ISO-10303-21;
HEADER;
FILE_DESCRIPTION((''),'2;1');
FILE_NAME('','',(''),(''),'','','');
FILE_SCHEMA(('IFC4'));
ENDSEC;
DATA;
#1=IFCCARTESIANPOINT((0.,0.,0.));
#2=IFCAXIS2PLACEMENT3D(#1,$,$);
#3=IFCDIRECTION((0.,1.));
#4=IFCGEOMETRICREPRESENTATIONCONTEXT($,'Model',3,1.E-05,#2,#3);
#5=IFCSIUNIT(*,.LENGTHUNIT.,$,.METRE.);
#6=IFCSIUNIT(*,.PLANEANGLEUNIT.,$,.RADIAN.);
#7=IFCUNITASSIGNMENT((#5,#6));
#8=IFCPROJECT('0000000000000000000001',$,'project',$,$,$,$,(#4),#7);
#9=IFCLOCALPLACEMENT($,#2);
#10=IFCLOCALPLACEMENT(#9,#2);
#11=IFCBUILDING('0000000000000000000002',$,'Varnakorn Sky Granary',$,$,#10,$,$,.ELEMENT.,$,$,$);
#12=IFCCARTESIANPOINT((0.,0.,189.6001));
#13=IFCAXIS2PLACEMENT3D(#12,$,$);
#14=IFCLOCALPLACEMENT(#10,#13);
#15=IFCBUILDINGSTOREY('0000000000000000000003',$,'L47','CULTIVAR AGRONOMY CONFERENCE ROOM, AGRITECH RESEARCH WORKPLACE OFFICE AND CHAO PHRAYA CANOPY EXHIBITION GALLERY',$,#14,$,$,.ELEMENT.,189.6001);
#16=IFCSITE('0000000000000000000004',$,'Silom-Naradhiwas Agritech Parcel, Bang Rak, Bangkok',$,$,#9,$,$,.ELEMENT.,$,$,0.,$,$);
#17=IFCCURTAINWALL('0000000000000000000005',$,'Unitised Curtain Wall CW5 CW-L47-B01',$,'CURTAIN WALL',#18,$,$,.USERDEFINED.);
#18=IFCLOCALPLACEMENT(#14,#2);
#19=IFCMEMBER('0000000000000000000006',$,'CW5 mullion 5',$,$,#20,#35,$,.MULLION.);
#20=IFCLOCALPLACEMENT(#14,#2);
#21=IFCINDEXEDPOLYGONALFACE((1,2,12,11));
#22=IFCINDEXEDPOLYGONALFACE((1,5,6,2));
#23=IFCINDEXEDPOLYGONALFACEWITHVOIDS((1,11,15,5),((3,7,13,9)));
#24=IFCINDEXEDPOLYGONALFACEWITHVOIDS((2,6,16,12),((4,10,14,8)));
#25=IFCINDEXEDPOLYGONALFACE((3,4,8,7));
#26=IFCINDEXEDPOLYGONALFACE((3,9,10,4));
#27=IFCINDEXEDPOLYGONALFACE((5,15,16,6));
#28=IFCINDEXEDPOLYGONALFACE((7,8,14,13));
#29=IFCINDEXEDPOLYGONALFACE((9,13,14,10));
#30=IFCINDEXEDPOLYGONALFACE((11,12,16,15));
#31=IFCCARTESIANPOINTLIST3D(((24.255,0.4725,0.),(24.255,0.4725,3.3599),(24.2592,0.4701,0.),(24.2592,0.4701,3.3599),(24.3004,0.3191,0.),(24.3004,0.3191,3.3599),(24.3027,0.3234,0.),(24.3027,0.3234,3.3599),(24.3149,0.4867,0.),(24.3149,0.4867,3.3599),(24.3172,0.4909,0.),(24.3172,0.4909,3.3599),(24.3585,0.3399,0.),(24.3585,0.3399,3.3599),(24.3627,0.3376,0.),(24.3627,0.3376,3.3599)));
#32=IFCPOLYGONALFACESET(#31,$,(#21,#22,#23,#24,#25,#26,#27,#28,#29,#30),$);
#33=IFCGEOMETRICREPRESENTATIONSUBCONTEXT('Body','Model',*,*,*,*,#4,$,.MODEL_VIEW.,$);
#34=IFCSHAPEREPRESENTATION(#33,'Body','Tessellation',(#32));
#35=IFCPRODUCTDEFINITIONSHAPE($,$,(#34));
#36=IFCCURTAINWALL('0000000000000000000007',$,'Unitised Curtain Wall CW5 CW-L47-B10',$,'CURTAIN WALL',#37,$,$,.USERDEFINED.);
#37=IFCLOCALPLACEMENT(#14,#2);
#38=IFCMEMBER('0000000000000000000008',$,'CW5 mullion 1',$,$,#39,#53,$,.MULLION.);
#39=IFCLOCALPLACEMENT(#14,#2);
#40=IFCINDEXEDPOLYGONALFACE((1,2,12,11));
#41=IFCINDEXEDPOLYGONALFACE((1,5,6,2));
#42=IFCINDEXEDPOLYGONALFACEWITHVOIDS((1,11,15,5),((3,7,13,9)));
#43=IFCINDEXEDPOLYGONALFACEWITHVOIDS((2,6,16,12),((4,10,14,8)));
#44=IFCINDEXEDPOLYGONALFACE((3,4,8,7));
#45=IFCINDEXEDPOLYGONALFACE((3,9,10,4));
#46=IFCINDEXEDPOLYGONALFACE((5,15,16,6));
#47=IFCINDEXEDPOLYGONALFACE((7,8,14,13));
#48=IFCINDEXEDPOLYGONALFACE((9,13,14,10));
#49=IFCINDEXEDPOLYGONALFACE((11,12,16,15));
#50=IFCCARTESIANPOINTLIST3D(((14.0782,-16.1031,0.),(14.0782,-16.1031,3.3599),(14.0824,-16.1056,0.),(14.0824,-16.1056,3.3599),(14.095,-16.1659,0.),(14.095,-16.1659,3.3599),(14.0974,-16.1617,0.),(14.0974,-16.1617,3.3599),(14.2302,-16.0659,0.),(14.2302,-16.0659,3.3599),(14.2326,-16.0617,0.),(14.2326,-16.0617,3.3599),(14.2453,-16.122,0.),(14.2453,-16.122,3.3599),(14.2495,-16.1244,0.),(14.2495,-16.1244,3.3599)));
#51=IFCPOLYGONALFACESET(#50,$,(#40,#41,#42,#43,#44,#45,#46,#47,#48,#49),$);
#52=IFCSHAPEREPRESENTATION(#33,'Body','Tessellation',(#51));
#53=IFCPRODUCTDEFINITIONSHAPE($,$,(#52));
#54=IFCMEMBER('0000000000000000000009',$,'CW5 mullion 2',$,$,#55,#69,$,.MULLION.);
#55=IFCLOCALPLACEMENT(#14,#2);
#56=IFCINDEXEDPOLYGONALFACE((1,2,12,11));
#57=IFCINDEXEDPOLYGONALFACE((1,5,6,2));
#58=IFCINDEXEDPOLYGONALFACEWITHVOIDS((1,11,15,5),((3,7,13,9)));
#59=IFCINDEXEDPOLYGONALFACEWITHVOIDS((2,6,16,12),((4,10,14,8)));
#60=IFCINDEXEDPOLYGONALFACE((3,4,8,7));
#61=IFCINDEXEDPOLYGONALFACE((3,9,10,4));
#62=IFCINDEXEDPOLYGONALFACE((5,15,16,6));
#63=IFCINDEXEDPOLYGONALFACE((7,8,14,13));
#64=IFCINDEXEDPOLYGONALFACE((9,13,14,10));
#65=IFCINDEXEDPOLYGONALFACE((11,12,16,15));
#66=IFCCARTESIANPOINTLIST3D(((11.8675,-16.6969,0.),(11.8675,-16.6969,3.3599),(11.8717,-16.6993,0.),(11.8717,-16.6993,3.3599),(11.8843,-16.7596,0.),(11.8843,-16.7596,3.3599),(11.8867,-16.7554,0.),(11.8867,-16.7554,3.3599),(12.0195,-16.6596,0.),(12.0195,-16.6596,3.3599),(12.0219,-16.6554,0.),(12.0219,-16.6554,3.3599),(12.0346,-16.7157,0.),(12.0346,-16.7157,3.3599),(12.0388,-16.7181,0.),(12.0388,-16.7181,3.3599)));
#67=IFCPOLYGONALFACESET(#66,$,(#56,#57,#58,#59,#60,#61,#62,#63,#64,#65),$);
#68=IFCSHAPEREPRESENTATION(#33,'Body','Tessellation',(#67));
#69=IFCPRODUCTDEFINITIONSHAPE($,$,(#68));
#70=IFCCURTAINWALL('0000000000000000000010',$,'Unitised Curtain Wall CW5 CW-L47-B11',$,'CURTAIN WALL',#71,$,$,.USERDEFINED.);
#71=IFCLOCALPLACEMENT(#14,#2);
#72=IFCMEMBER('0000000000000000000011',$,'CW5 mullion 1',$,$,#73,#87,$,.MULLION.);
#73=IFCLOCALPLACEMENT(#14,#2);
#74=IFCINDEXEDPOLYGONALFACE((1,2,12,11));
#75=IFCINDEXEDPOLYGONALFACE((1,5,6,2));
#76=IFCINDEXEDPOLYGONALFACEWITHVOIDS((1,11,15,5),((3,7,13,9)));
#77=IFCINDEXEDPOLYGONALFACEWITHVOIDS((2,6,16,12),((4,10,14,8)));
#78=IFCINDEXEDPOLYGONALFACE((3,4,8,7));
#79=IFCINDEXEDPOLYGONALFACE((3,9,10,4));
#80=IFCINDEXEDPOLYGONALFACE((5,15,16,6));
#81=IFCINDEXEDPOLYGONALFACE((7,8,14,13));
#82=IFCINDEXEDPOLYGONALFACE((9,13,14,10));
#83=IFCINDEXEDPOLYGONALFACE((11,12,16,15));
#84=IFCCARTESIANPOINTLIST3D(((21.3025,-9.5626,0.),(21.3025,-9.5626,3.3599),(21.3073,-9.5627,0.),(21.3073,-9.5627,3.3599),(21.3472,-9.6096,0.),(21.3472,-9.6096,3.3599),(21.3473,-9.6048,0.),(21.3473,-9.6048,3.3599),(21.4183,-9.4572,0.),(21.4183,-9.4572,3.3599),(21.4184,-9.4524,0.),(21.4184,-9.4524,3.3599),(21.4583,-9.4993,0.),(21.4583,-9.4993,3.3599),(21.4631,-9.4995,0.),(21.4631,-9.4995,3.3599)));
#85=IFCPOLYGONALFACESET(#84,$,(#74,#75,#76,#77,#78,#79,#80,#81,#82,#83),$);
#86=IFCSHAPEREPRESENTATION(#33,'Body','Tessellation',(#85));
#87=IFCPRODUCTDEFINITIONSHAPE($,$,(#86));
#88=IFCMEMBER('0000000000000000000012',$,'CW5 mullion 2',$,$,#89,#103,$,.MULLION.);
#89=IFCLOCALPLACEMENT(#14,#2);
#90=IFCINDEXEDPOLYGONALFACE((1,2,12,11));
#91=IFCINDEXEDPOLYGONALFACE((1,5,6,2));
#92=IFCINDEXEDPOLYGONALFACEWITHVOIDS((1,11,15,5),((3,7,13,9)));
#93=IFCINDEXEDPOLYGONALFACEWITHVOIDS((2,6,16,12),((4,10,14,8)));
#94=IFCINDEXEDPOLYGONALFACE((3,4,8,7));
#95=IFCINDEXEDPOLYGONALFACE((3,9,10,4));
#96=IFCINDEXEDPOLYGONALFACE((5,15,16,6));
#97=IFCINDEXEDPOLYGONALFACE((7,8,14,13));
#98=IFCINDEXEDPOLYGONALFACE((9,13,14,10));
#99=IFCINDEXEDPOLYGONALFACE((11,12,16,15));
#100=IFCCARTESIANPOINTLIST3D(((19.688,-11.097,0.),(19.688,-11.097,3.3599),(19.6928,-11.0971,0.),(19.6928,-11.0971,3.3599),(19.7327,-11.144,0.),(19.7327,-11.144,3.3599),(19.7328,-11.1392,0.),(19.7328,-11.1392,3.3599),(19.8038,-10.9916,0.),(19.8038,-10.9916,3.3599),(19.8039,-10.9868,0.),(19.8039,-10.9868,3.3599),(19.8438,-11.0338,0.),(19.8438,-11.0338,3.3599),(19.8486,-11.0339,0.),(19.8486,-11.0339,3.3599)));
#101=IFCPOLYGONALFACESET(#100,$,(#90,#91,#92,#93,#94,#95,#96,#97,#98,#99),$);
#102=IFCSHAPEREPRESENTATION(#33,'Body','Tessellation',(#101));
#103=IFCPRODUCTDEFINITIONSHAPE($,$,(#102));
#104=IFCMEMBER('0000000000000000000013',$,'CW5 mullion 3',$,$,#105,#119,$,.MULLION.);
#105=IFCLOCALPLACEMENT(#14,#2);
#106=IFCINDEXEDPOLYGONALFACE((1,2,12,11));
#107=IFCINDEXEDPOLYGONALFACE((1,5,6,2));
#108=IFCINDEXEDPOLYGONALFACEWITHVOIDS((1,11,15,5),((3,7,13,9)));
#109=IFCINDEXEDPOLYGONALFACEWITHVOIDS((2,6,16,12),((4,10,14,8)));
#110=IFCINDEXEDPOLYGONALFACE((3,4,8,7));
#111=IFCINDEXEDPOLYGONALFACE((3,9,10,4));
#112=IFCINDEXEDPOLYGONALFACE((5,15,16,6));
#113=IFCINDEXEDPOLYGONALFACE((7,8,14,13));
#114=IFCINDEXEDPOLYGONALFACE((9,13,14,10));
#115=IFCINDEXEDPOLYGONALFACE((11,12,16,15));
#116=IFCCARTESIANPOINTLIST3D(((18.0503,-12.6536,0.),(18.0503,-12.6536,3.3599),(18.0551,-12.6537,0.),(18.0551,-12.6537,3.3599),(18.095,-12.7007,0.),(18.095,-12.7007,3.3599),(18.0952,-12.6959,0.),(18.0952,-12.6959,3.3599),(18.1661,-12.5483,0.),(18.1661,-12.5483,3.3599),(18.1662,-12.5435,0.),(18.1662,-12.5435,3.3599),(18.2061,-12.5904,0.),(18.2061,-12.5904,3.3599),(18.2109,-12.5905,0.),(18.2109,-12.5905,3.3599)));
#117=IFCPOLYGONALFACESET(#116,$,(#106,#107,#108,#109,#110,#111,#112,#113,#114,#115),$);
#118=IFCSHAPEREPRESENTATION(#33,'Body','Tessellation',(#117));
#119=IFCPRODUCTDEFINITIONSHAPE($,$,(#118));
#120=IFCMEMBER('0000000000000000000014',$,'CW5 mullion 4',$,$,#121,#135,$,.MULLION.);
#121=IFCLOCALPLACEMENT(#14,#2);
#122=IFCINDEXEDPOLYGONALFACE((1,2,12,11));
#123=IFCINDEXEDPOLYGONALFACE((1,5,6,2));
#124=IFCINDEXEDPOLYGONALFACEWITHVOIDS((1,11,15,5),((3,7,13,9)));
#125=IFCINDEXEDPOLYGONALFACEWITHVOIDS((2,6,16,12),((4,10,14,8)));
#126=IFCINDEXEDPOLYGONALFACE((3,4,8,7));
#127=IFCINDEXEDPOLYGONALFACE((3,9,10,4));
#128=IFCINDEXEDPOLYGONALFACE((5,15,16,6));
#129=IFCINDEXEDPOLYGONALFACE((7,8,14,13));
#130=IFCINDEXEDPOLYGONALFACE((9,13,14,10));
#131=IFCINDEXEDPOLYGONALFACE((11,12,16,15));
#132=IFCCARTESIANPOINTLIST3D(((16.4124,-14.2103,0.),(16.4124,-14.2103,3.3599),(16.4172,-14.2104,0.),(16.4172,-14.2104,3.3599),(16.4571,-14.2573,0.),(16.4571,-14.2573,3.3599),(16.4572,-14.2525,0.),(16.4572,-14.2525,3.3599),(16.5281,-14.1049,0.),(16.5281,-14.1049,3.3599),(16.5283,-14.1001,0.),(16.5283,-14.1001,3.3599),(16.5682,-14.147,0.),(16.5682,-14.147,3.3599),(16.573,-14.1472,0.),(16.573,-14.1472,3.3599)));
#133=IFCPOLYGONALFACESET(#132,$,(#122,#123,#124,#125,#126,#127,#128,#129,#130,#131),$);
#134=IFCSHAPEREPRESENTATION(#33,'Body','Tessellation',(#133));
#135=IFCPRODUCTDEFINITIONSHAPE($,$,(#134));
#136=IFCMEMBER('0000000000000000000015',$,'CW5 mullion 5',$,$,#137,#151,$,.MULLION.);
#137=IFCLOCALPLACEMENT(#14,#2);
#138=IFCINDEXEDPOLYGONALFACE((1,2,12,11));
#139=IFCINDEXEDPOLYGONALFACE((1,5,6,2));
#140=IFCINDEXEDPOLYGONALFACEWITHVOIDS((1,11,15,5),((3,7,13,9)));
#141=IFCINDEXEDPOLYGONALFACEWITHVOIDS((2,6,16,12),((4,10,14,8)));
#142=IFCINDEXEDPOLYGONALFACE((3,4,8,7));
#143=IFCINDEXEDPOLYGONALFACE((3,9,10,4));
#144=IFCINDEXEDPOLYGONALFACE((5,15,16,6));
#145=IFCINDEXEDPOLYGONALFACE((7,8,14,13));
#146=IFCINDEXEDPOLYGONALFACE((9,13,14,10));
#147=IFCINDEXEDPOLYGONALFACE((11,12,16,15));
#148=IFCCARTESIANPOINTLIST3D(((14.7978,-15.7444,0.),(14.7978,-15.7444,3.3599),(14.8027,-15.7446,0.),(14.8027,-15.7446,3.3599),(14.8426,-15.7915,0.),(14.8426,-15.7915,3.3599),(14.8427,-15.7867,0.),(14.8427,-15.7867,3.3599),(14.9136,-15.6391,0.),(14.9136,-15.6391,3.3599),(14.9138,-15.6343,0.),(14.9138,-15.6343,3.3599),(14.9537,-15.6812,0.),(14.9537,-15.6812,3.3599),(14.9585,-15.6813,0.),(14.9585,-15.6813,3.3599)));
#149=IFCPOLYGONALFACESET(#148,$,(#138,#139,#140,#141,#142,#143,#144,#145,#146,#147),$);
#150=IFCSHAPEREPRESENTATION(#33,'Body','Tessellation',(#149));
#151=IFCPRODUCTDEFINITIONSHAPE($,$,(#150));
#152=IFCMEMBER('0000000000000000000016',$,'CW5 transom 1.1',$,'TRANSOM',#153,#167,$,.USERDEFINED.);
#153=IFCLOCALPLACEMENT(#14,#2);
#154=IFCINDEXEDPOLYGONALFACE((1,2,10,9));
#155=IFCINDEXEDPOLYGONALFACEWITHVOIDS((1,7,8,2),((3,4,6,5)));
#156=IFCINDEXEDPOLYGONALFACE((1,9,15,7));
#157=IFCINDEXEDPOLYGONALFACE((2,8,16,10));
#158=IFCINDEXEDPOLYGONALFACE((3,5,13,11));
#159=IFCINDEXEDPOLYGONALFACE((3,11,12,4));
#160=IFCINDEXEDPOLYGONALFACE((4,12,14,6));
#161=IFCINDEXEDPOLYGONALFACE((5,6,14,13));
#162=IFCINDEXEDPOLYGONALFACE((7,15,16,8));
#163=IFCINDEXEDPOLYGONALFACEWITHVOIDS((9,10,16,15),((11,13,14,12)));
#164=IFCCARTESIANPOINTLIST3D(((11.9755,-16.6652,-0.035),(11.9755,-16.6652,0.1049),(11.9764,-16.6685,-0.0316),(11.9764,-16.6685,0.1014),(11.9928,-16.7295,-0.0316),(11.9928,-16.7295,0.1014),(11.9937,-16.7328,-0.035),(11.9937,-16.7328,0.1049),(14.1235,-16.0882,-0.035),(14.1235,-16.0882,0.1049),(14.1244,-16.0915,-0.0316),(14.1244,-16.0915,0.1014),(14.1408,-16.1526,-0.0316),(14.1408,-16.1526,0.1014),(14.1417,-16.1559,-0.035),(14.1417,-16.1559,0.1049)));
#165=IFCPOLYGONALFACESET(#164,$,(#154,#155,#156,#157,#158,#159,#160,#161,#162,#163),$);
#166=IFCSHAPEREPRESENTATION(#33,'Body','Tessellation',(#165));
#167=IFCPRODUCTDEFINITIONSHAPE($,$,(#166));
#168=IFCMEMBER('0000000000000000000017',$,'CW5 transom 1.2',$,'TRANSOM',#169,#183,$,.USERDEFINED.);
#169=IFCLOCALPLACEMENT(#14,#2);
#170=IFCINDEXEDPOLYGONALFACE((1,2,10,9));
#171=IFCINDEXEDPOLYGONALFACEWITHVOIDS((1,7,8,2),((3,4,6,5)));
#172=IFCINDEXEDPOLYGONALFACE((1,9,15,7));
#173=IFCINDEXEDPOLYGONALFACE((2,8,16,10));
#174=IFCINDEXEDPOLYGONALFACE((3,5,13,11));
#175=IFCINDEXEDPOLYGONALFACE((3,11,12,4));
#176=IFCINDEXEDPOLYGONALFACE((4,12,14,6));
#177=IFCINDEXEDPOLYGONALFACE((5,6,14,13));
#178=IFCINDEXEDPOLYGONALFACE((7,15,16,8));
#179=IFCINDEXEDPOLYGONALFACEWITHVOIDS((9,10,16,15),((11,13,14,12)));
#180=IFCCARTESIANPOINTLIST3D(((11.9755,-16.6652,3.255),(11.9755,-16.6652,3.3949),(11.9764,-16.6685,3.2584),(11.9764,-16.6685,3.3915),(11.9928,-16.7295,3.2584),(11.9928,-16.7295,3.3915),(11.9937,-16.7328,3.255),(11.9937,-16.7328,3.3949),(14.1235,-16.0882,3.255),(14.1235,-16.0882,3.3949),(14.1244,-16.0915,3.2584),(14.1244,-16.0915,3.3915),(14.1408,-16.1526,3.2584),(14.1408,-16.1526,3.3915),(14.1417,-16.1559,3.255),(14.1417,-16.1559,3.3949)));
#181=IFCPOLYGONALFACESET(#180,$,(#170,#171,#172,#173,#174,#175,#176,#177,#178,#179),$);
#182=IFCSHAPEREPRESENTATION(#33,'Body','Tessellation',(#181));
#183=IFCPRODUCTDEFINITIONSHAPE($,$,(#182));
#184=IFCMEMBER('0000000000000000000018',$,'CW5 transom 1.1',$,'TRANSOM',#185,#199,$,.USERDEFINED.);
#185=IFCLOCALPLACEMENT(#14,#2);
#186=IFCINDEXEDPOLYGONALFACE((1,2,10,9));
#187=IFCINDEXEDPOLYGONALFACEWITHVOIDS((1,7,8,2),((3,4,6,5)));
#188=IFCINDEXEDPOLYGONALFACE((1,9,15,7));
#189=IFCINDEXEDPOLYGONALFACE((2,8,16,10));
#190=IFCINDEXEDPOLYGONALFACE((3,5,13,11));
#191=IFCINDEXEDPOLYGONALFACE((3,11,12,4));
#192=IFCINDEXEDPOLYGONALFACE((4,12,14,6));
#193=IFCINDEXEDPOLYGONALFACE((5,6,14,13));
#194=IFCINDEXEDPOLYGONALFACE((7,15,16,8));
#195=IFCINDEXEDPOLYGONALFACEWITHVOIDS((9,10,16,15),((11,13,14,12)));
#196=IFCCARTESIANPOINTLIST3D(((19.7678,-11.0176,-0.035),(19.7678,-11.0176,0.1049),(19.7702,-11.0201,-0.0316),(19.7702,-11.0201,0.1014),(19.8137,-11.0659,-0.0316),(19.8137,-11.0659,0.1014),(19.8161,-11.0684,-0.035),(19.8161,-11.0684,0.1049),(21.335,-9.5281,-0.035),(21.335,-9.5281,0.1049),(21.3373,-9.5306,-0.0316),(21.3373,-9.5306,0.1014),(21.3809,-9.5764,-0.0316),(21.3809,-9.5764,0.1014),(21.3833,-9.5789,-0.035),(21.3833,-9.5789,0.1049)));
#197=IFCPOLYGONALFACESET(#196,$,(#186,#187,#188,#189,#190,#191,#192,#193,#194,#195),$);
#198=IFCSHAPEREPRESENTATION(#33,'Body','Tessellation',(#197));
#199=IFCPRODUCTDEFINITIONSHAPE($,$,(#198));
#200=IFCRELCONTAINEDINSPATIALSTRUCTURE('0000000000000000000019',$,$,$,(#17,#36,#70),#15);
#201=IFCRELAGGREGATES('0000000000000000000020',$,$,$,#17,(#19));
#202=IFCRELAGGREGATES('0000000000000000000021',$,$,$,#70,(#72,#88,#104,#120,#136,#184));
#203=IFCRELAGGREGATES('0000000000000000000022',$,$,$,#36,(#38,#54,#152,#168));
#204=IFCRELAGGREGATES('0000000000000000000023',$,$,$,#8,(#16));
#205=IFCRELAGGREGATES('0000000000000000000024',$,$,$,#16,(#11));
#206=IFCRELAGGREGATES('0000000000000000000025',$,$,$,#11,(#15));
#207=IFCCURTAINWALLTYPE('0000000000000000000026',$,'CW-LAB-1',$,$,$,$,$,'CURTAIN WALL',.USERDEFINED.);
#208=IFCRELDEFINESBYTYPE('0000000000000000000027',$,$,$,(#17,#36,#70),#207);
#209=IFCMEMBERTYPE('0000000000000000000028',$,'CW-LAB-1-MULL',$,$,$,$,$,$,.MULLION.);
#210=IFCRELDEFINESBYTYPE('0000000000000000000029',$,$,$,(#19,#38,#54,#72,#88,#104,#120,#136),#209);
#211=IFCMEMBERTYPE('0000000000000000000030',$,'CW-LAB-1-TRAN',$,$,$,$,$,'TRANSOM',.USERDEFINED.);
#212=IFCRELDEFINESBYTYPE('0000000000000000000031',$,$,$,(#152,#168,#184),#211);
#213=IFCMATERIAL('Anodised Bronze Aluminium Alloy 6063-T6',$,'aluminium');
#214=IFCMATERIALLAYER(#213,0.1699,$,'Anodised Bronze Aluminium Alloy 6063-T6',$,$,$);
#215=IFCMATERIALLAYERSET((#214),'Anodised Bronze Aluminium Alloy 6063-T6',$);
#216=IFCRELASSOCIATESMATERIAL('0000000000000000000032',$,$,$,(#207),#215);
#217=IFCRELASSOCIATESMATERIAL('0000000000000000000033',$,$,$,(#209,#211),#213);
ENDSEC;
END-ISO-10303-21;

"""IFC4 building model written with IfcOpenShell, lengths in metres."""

from ifc_helpers import new_model, si_unit, direction, frame, origin, origin_2d, place, context, subcontext, project, spatial, hollow_rectangle, extrude, material, layer, layer_set, material_profile, profile_set, type_object, element, aggregate, save


model = new_model("IFC4")

# Units and contexts
model_context = context("Model", 3, precision=1e-05, world=origin(), true_north=direction((0.0, 1.0)))
body_context = subcontext(model_context, "Body", "Model", "MODEL_VIEW")
ifc_project = project(units=[si_unit("LENGTHUNIT", "METRE"), si_unit("PLANEANGLEUNIT", "RADIAN")], contexts=[model_context])

# Site, building, storey
site_placement = place(None, origin())
site = spatial("IfcSite", under=ifc_project, at=site_placement, Name="Silom-Naradhiwas Agritech Parcel, Bang Rak, Bangkok", CompositionType="ELEMENT", RefElevation=0.0)
building_placement = place(site_placement, origin())
building = spatial("IfcBuilding", under=site, at=building_placement, Name="Varnakorn Sky Granary", CompositionType="ELEMENT")
storey_placement = place(building_placement, frame((0.0, 0.0, 189.6001)))
storey = spatial("IfcBuildingStorey", under=building, at=storey_placement, Name="L47", Description="CULTIVAR AGRONOMY CONFERENCE ROOM, AGRITECH RESEARCH WORKPLACE OFFICE AND CHAO PHRAYA CANOPY EXHIBITION GALLERY", CompositionType="ELEMENT", Elevation=189.6001)

# Curtain wall, member
ifc_material_1 = material(Name="Anodised Bronze Aluminium Alloy 6063-T6", Category="aluminium")
ifc_layer_1 = layer(ifc_material_1, 0.1699, Name="Anodised Bronze Aluminium Alloy 6063-T6")
ifc_layer_set_1 = layer_set([ifc_layer_1], Name="Anodised Bronze Aluminium Alloy 6063-T6")
curtain_wall_type = type_object("IfcCurtainWallType", Name="CW-LAB-1", ElementType="CURTAIN WALL", PredefinedType="USERDEFINED", material=ifc_layer_set_1)
curtain_wall_1_placement = place(storey_placement, origin())
curtain_wall_1 = element("IfcCurtainWall", 1, at=curtain_wall_1_placement, inside=storey, type_object=curtain_wall_type, Name="Unitised Curtain Wall CW5 CW-L47-B01", ObjectType="CURTAIN WALL", PredefinedType="USERDEFINED")
ifc_material_profile_1 = material_profile(ifc_material_1, hollow_rectangle(XDim=0.0649, YDim=0.1599, WallThickness=0.0034, at=origin_2d()), Name="ALU MULL 65x160")
ifc_profile_set_1 = profile_set([ifc_material_profile_1], Name="Anodised Bronze Aluminium Alloy 6063-T6")
member_type_1 = type_object("IfcMemberType", Name="CW-LAB-1-MULL", PredefinedType="MULLION", material=ifc_profile_set_1)
member_1_placement = place(storey_placement, frame((24.3088, 0.405, 0.0), z_axis=(0.0, 0.0, 1.0), x_axis=(0.958737, 0.284295, 0.0)))
member_1 = element("IfcMember", 2, at=member_1_placement, type_object=member_type_1, Name="CW5 mullion 5", PredefinedType="MULLION", context=body_context, shape_type="SweptSolid", body=[
    extrude(hollow_rectangle(XDim=0.0649, YDim=0.1599, WallThickness=0.0034, at=origin_2d()), origin(), (0.0, 0.0, 1.0), 3.3599),
])
aggregate(curtain_wall_1, [member_1])

# Curtain walls, members
curtain_wall_2_placement = place(storey_placement, origin())
curtain_wall_2 = element("IfcCurtainWall", 3, at=curtain_wall_2_placement, inside=storey, type_object=curtain_wall_type, Name="Unitised Curtain Wall CW5 CW-L47-B10", ObjectType="CURTAIN WALL", PredefinedType="USERDEFINED")
member_2_placement = place(storey_placement, frame((14.1638, -16.1138, 0.0), z_axis=(0.0, 0.0, 1.0), x_axis=(0.259359, -0.965781, 0.0)))
member_2 = element("IfcMember", 4, at=member_2_placement, type_object=member_type_1, Name="CW5 mullion 1", PredefinedType="MULLION", context=body_context, shape_type="SweptSolid", body=[
    extrude(hollow_rectangle(XDim=0.0649, YDim=0.1599, WallThickness=0.0034, at=origin_2d()), origin(), (0.0, 0.0, 1.0), 3.3599),
])
member_3_placement = place(storey_placement, frame((11.9531, -16.7075, 0.0), z_axis=(0.0, 0.0, 1.0), x_axis=(0.259359, -0.965781, 0.0)))
member_3 = element("IfcMember", 5, at=member_3_placement, type_object=member_type_1, Name="CW5 mullion 2", PredefinedType="MULLION", context=body_context, shape_type="SweptSolid", body=[
    extrude(hollow_rectangle(XDim=0.0649, YDim=0.1599, WallThickness=0.0034, at=origin_2d()), origin(), (0.0, 0.0, 1.0), 3.3599),
])
curtain_wall_3_placement = place(storey_placement, origin())
curtain_wall_3 = element("IfcCurtainWall", 6, at=curtain_wall_3_placement, inside=storey, type_object=curtain_wall_type, Name="Unitised Curtain Wall CW5 CW-L47-B11", ObjectType="CURTAIN WALL", PredefinedType="USERDEFINED")
member_4_placement = place(storey_placement, frame((21.3828, -9.531, 0.0), z_axis=(0.0, 0.0, 1.0), x_axis=(0.688905, -0.724851, 0.0)))
member_4 = element("IfcMember", 7, at=member_4_placement, type_object=member_type_1, Name="CW5 mullion 1", PredefinedType="MULLION", context=body_context, shape_type="SweptSolid", body=[
    extrude(hollow_rectangle(XDim=0.0649, YDim=0.1599, WallThickness=0.0034, at=origin_2d()), origin(), (0.0, 0.0, 1.0), 3.3599),
])
member_5_placement = place(storey_placement, frame((19.7683, -11.0654, 0.0), z_axis=(0.0, 0.0, 1.0), x_axis=(0.688905, -0.724851, 0.0)))
member_5 = element("IfcMember", 8, at=member_5_placement, type_object=member_type_1, Name="CW5 mullion 2", PredefinedType="MULLION", context=body_context, shape_type="SweptSolid", body=[
    extrude(hollow_rectangle(XDim=0.0649, YDim=0.1599, WallThickness=0.0034, at=origin_2d()), origin(), (0.0, 0.0, 1.0), 3.3599),
])
member_6_placement = place(storey_placement, frame((18.1306, -12.6221, 0.0), z_axis=(0.0, 0.0, 1.0), x_axis=(0.688905, -0.724851, 0.0)))
member_6 = element("IfcMember", 9, at=member_6_placement, type_object=member_type_1, Name="CW5 mullion 3", PredefinedType="MULLION", context=body_context, shape_type="SweptSolid", body=[
    extrude(hollow_rectangle(XDim=0.0649, YDim=0.1599, WallThickness=0.0034, at=origin_2d()), origin(), (0.0, 0.0, 1.0), 3.3599),
])
member_7_placement = place(storey_placement, frame((16.4927, -14.1787, 0.0), z_axis=(0.0, 0.0, 1.0), x_axis=(0.688905, -0.724851, 0.0)))
member_7 = element("IfcMember", 10, at=member_7_placement, type_object=member_type_1, Name="CW5 mullion 4", PredefinedType="MULLION", context=body_context, shape_type="SweptSolid", body=[
    extrude(hollow_rectangle(XDim=0.0649, YDim=0.1599, WallThickness=0.0034, at=origin_2d()), origin(), (0.0, 0.0, 1.0), 3.3599),
])
member_8_placement = place(storey_placement, frame((14.8782, -15.7129, 0.0), z_axis=(0.0, 0.0, 1.0), x_axis=(0.688905, -0.724851, 0.0)))
member_8 = element("IfcMember", 11, at=member_8_placement, type_object=member_type_1, Name="CW5 mullion 5", PredefinedType="MULLION", context=body_context, shape_type="SweptSolid", body=[
    extrude(hollow_rectangle(XDim=0.0649, YDim=0.1599, WallThickness=0.0034, at=origin_2d()), origin(), (0.0, 0.0, 1.0), 3.3599),
])

# Members
ifc_material_profile_2 = material_profile(ifc_material_1, hollow_rectangle(XDim=0.0701, YDim=0.1399, WallThickness=0.0034, at=origin_2d()), Name="ALU TRAN 70x140")
ifc_profile_set_2 = profile_set([ifc_material_profile_2], Name="Anodised Bronze Aluminium Alloy 6063-T6")
member_type_2 = type_object("IfcMemberType", Name="CW-LAB-1-TRAN", ElementType="TRANSOM", PredefinedType="USERDEFINED", material=ifc_profile_set_2)
member_9_placement = place(storey_placement, frame((14.1326, -16.1221, 0.0349), z_axis=(-0.965772, -0.259391, 0.0), x_axis=(0.259391, -0.965772, 0.0)))
member_9 = element("IfcMember", 12, at=member_9_placement, type_object=member_type_2, Name="CW5 transom 1.1", ObjectType="TRANSOM", PredefinedType="USERDEFINED", context=body_context, shape_type="SweptSolid", body=[
    extrude(hollow_rectangle(XDim=0.0701, YDim=0.1399, WallThickness=0.0034, at=origin_2d()), origin(), (0.0, 0.0, 1.0), 2.2241),
])
member_10_placement = place(storey_placement, frame((14.1326, -16.1221, 3.325), z_axis=(-0.965772, -0.259391, 0.0), x_axis=(0.259391, -0.965772, 0.0)))
member_10 = element("IfcMember", 13, at=member_10_placement, type_object=member_type_2, Name="CW5 transom 1.2", ObjectType="TRANSOM", PredefinedType="USERDEFINED", context=body_context, shape_type="SweptSolid", body=[
    extrude(hollow_rectangle(XDim=0.0701, YDim=0.1399, WallThickness=0.0034, at=origin_2d()), origin(), (0.0, 0.0, 1.0), 2.2241),
])
member_11_placement = place(storey_placement, frame((21.3591, -9.5535, 0.0349), z_axis=(-0.724833, -0.688925, 0.0), x_axis=(0.688925, -0.724833, 0.0)))
member_11 = element("IfcMember", 14, at=member_11_placement, type_object=member_type_2, Name="CW5 transom 1.1", ObjectType="TRANSOM", PredefinedType="USERDEFINED", context=body_context, shape_type="SweptSolid", body=[
    extrude(hollow_rectangle(XDim=0.0701, YDim=0.1399, WallThickness=0.0034, at=origin_2d()), origin(), (0.0, 0.0, 1.0), 2.1621),
])

aggregate(curtain_wall_3, [member_4, member_5, member_6, member_7, member_8, member_11])
aggregate(curtain_wall_2, [member_2, member_3, member_9, member_10])

save(model, "model.ifc")
